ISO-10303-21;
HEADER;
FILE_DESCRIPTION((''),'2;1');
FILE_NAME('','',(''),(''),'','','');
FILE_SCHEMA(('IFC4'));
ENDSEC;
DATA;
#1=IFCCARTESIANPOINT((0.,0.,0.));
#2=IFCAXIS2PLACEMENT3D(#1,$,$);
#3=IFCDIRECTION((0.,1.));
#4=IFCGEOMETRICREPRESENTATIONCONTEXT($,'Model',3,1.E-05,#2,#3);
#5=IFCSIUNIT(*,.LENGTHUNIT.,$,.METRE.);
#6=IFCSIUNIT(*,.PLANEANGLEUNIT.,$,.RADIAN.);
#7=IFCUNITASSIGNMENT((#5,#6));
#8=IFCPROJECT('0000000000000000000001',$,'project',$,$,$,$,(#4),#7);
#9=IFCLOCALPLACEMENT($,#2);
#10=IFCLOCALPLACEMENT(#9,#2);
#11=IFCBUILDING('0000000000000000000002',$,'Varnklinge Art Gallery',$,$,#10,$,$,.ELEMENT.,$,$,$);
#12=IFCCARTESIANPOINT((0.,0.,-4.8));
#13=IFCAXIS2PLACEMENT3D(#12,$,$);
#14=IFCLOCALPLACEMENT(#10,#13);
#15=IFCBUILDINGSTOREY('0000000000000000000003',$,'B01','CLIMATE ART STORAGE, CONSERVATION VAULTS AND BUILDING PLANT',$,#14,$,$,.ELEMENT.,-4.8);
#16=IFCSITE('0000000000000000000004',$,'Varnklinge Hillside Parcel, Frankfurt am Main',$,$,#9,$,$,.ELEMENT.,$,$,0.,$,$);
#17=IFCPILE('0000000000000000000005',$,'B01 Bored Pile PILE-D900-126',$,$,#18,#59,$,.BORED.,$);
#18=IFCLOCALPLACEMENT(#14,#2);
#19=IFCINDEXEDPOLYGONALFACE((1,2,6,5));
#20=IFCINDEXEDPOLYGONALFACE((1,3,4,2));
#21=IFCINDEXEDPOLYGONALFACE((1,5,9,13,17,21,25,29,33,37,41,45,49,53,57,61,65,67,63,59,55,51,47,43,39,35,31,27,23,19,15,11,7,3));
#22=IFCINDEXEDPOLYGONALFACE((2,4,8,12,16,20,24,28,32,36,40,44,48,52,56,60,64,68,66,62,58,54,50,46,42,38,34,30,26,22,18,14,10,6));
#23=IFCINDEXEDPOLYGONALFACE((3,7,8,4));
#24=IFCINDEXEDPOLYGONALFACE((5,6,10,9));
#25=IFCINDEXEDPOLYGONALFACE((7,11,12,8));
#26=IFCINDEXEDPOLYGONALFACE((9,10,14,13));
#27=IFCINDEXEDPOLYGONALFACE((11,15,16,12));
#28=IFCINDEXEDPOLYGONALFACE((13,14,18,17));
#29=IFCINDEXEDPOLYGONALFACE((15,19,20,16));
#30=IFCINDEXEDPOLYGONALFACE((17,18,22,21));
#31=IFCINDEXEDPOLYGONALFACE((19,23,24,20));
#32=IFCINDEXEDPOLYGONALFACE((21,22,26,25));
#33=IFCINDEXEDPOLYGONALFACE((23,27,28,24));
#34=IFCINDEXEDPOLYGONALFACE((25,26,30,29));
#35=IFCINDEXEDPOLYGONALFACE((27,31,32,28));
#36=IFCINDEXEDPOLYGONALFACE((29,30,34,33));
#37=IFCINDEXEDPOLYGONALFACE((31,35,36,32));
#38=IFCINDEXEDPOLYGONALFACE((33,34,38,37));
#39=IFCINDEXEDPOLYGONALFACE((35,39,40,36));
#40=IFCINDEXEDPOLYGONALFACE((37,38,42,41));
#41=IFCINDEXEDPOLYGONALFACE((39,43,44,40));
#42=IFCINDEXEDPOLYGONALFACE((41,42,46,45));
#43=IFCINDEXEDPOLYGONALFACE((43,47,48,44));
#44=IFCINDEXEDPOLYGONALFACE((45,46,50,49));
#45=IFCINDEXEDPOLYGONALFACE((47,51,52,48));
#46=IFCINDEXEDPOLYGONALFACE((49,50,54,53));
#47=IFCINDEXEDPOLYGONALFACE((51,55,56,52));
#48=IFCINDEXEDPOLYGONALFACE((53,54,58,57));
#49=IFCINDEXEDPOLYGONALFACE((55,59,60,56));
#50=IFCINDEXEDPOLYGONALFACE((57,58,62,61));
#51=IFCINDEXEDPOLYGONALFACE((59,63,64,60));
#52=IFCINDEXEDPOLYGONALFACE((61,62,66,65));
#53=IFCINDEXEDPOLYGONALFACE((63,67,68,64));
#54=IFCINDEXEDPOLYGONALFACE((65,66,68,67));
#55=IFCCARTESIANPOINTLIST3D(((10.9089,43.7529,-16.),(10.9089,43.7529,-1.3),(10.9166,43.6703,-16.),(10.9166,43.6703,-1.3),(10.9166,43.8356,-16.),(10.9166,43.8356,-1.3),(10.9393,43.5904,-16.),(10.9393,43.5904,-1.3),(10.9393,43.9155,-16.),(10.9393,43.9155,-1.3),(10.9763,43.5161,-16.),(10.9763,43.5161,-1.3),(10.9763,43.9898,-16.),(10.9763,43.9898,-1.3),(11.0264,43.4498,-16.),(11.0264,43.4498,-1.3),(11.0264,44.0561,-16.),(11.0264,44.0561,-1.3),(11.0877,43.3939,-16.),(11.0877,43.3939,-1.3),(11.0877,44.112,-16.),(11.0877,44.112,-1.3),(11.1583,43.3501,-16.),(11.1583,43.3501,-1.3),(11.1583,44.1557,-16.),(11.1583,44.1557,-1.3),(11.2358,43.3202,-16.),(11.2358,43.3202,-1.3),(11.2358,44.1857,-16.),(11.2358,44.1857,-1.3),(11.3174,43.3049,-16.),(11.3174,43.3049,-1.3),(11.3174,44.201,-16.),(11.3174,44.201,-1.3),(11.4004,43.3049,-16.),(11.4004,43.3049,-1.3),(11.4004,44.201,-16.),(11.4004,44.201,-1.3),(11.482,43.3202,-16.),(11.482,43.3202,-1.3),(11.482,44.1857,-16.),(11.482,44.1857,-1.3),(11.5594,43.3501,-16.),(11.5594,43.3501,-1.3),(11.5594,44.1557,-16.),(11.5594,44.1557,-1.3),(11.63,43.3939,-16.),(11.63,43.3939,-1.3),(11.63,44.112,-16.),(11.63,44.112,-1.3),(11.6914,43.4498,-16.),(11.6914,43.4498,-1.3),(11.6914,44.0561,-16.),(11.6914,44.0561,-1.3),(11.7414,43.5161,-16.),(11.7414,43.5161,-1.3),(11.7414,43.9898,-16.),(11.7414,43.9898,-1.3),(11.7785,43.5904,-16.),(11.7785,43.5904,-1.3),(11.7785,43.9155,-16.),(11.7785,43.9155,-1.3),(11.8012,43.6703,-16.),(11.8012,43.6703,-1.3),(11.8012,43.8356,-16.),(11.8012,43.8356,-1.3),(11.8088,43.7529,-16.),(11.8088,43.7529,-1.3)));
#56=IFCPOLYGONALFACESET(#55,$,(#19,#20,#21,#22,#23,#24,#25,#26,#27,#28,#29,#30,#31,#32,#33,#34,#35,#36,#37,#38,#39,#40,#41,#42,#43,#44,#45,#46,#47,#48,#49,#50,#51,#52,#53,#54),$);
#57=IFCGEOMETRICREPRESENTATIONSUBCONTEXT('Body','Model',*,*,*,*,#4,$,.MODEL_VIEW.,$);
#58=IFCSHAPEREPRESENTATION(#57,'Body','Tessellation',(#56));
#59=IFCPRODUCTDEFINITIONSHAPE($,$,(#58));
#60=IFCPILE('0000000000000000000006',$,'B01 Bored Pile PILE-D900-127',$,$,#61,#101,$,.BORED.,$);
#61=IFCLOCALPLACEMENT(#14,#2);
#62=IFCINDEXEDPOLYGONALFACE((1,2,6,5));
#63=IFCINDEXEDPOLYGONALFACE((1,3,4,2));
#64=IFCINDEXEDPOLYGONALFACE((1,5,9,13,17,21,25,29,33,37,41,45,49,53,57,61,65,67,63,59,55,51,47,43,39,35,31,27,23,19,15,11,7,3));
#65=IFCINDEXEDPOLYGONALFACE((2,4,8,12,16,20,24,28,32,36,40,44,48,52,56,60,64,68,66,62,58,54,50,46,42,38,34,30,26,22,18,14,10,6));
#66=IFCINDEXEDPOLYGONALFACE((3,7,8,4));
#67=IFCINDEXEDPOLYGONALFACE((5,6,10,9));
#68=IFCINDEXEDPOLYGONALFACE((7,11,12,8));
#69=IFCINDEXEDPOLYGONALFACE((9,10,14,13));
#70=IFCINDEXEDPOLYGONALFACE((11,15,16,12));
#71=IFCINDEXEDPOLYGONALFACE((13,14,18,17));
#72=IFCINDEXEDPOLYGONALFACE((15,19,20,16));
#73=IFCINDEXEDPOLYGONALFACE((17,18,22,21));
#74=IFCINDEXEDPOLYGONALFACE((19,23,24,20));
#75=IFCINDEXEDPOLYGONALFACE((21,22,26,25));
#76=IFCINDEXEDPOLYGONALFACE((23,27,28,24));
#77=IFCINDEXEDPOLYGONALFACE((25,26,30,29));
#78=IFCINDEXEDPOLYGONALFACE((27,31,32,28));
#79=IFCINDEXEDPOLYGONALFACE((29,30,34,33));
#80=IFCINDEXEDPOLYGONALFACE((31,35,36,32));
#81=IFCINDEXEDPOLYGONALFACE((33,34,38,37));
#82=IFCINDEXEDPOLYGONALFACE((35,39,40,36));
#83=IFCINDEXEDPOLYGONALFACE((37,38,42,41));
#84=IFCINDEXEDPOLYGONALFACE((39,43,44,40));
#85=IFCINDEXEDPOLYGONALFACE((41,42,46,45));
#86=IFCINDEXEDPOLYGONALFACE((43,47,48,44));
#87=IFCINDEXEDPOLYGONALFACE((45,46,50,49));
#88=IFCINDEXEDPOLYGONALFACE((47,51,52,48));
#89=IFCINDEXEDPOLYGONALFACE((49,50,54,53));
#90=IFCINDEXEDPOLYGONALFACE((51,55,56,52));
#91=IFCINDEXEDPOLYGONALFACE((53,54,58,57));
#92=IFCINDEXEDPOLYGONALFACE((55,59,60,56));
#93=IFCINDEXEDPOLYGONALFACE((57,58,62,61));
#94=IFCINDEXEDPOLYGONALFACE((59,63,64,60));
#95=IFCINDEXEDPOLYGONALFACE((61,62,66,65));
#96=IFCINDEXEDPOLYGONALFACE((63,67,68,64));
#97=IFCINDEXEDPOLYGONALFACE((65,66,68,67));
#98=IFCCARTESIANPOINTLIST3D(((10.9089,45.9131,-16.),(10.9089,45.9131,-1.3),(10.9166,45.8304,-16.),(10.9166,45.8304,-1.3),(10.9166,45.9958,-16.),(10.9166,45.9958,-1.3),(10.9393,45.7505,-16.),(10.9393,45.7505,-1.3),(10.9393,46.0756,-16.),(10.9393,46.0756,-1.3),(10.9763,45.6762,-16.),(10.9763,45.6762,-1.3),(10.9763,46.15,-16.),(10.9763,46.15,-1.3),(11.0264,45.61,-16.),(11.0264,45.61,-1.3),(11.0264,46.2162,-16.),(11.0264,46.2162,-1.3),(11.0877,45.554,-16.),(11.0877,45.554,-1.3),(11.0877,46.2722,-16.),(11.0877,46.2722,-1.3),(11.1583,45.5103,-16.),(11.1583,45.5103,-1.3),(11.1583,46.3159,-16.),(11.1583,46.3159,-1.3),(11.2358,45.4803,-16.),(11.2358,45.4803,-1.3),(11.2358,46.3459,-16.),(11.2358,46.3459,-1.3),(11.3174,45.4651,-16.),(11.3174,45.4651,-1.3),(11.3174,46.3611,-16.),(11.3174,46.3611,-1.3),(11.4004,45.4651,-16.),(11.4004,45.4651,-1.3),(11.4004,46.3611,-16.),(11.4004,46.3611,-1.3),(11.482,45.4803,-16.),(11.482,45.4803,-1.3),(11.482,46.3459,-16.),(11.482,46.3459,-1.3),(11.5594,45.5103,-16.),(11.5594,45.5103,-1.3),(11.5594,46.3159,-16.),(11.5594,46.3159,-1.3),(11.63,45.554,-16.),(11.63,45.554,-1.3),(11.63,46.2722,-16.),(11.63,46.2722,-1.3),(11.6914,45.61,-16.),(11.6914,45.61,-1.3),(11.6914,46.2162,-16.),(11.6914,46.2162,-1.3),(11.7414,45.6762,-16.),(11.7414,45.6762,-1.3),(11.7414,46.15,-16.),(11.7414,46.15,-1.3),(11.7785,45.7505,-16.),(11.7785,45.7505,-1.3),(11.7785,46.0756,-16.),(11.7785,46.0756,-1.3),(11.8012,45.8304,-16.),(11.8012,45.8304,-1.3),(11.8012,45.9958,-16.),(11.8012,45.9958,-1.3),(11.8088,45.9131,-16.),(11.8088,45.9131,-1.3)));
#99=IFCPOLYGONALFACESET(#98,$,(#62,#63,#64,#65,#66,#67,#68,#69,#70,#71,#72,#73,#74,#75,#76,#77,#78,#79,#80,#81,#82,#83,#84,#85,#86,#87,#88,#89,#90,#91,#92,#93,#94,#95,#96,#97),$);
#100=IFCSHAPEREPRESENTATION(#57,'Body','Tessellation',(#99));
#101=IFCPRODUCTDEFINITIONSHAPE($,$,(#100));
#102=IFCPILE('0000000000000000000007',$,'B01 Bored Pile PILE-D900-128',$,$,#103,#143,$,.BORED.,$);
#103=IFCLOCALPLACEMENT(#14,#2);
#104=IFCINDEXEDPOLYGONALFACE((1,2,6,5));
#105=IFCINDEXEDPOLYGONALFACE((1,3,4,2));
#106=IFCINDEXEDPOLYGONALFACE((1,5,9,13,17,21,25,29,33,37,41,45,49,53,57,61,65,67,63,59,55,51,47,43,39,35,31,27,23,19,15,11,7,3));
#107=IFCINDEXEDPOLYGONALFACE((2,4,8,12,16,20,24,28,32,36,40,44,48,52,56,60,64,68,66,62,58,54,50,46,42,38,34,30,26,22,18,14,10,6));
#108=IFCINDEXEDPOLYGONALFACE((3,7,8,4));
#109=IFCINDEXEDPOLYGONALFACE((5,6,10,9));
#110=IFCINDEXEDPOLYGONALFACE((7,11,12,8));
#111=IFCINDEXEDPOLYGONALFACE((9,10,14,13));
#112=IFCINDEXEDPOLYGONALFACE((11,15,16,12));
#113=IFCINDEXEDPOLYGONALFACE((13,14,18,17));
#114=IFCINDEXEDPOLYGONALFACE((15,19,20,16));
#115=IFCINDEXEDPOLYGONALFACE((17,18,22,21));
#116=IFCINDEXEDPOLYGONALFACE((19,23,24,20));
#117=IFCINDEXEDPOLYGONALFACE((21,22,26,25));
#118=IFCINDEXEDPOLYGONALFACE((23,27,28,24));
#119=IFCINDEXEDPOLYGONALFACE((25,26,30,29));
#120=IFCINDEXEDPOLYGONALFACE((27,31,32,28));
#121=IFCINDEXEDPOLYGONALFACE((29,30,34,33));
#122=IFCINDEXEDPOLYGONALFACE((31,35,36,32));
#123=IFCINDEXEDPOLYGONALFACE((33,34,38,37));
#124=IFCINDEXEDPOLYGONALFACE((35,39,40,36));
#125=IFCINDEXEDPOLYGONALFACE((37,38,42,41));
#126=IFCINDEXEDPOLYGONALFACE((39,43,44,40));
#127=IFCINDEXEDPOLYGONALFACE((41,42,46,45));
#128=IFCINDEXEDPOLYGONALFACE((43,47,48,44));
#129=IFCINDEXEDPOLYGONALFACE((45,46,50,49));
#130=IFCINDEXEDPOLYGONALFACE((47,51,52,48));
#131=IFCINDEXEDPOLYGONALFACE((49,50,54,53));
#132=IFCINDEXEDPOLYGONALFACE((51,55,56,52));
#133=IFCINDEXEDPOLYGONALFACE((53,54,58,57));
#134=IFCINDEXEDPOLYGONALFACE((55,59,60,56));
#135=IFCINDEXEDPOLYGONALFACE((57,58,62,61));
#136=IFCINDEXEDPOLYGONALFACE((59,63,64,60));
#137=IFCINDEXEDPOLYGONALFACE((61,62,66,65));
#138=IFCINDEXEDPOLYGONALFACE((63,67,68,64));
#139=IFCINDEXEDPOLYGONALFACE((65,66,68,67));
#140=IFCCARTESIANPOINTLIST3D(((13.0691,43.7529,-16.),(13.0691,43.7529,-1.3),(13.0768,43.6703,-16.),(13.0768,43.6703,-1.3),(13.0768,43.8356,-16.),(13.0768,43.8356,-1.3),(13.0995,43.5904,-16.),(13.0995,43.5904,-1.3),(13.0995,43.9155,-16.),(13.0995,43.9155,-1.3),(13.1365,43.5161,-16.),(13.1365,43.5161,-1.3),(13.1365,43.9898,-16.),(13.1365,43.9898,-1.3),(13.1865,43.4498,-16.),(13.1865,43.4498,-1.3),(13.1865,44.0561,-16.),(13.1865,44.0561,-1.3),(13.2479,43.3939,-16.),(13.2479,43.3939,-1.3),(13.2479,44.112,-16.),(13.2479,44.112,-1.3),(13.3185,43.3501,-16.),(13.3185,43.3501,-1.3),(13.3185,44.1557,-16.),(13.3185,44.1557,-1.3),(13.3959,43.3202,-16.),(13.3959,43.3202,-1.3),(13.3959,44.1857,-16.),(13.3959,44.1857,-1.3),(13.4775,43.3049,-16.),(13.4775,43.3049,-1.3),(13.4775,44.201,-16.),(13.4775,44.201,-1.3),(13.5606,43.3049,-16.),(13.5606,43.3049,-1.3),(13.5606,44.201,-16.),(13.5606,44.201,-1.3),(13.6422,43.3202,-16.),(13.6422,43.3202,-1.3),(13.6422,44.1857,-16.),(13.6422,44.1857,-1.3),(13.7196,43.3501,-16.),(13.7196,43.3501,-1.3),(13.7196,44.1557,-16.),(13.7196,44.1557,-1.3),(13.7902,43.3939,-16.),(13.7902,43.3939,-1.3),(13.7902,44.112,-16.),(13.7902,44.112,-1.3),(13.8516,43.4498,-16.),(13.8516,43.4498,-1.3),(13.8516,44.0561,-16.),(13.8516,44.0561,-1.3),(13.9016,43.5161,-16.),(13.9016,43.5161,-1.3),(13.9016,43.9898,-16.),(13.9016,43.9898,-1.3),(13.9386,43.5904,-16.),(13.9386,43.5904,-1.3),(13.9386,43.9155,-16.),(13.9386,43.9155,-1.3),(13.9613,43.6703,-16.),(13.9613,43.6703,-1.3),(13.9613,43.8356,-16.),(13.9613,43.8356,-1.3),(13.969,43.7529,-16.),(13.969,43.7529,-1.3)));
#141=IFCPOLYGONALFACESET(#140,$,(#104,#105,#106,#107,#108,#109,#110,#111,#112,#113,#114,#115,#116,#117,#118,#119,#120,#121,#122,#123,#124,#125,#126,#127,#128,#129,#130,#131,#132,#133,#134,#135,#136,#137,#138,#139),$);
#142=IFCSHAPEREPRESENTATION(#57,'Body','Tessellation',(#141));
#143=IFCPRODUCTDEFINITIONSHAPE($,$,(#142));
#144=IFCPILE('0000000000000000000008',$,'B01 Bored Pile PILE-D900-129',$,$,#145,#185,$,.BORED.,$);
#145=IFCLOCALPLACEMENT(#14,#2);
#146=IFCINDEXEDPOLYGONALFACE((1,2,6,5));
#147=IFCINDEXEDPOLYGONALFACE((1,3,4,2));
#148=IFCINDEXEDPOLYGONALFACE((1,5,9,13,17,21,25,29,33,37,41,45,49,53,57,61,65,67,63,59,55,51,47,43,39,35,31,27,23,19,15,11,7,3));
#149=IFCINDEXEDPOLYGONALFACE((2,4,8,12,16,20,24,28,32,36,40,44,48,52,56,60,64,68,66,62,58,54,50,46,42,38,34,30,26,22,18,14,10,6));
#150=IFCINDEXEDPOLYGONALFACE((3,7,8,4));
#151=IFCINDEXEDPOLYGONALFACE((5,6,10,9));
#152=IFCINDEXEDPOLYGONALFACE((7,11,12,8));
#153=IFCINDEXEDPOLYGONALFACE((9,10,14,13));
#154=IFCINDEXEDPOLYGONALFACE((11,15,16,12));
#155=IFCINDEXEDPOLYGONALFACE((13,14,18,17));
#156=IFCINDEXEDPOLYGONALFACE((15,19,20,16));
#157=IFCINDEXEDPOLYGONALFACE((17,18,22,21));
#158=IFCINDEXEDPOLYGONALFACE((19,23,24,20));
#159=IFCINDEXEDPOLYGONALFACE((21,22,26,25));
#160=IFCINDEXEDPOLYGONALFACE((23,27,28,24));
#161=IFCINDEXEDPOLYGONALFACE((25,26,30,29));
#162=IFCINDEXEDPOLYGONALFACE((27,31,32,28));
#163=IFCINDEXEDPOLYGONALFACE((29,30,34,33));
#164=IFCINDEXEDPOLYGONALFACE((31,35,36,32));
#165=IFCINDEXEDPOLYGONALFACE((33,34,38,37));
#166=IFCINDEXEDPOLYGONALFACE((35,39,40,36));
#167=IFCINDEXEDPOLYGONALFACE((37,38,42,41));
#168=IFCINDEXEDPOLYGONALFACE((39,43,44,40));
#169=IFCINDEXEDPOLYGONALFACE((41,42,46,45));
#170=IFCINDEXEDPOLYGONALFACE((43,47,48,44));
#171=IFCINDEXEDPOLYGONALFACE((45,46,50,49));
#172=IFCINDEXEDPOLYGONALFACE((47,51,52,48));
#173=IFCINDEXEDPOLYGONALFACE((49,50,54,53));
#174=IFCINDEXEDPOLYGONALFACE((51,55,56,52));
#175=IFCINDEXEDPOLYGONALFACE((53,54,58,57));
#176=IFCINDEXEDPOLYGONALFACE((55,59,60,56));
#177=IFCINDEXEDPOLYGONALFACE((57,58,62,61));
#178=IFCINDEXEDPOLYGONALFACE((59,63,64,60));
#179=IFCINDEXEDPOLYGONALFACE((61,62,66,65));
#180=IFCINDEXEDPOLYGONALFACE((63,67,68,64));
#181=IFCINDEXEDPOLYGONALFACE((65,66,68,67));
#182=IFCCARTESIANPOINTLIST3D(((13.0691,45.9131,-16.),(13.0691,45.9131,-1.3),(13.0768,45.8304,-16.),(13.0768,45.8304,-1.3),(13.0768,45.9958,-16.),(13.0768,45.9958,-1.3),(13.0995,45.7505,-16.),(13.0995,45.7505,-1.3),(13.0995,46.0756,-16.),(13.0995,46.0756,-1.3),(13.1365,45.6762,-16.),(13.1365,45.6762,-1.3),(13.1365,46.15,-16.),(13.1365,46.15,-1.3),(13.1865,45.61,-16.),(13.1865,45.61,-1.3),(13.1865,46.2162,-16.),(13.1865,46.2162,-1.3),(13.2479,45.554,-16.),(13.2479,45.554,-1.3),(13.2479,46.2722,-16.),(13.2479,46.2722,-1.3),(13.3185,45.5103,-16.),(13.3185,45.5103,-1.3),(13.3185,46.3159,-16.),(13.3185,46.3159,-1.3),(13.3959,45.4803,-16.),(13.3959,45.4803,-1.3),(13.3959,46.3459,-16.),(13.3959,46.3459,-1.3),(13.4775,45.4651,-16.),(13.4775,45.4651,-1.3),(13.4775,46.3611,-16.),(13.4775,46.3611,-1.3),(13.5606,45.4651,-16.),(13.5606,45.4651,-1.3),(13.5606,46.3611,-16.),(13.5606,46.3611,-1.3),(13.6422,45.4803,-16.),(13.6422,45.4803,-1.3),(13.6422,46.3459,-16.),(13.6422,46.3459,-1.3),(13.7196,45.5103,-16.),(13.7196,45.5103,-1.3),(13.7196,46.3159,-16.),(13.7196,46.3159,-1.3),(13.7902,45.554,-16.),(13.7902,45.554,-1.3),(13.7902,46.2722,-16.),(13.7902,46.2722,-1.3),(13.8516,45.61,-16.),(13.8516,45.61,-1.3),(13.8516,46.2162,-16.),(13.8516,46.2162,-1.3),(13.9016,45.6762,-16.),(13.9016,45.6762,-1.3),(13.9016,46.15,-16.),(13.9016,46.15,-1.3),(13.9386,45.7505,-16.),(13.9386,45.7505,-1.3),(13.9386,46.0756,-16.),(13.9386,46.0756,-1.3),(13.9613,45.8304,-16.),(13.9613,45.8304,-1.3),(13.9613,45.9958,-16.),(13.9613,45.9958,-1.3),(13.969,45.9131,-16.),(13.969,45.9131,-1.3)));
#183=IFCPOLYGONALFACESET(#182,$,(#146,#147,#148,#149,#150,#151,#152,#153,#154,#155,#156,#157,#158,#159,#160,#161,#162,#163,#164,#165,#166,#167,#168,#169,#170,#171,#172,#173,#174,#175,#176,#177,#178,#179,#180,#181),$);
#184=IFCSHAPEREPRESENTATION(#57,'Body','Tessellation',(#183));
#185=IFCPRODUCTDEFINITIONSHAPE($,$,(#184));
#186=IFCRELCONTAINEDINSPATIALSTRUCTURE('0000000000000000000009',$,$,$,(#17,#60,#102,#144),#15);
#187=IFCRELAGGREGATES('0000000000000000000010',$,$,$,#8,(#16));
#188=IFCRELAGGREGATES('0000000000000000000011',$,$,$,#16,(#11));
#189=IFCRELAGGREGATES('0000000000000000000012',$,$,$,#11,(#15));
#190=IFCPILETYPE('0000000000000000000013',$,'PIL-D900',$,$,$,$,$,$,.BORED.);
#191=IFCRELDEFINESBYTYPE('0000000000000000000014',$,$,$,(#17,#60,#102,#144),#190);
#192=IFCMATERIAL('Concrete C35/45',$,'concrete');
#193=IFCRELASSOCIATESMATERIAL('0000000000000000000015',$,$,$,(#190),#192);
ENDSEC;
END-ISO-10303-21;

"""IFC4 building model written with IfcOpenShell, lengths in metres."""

from ifc_helpers import new_model, si_unit, direction, frame, origin, origin_2d, place, context, subcontext, project, spatial, circle, extrude, material, material_profile, profile_set, type_object, element, save


model = new_model("IFC4")

# Units and contexts
model_context = context("Model", 3, precision=1e-05, world=origin(), true_north=direction((0.0, 1.0)))
body_context = subcontext(model_context, "Body", "Model", "MODEL_VIEW")
ifc_project = project(units=[si_unit("LENGTHUNIT", "METRE"), si_unit("PLANEANGLEUNIT", "RADIAN")], contexts=[model_context])

# Site, building, storey
site_placement = place(None, origin())
site = spatial("IfcSite", under=ifc_project, at=site_placement, Name="Varnklinge Hillside Parcel, Frankfurt am Main", CompositionType="ELEMENT", RefElevation=0.0)
building_placement = place(site_placement, origin())
building = spatial("IfcBuilding", under=site, at=building_placement, Name="Varnklinge Art Gallery", CompositionType="ELEMENT")
storey_placement = place(building_placement, frame((0.0, 0.0, -4.8)))
storey = spatial("IfcBuildingStorey", under=building, at=storey_placement, Name="B01", Description="CLIMATE ART STORAGE, CONSERVATION VAULTS AND BUILDING PLANT", CompositionType="ELEMENT", Elevation=-4.8)

# Piles
ifc_material_1 = material(Name="Concrete C35/45", Category="concrete")
ifc_material_profile_1 = material_profile(ifc_material_1, circle(Radius=0.45, at=origin_2d()), Name="PILE D900")
ifc_profile_set_1 = profile_set([ifc_material_profile_1], Name="Concrete C35/45")
pile_type = type_object("IfcPileType", Name="PIL-D900", PredefinedType="BORED", material=ifc_profile_set_1)
for number, where, z_axis, x_axis, name in (
    (1, (11.3589, 43.7529, -1.3), (0.0, 0.0, -1.0), (1.0, 0.0, 0.0), "B01 Bored Pile PILE-D900-126"),
    (2, (11.3589, 45.9131, -1.3), (0.0, 0.0, -1.0), (1.0, 0.0, 0.0), "B01 Bored Pile PILE-D900-127"),
    (3, (13.519, 43.7529, -1.3), (0.0, 0.0, -1.0), (1.0, 0.0, 0.0), "B01 Bored Pile PILE-D900-128"),
    (4, (13.519, 45.9131, -1.3), (0.0, 0.0, -1.0), (1.0, 0.0, 0.0), "B01 Bored Pile PILE-D900-129"),
):
    element("IfcPile", number, at=place(storey_placement, frame(where, z_axis=z_axis, x_axis=x_axis)), inside=storey, type_object=pile_type, Name=name, PredefinedType="BORED", context=body_context, shape_type="SweptSolid", body=[
        extrude(circle(Radius=0.45, at=origin_2d()), origin(), (0.0, 0.0, 1.0), 14.7),
    ])

save(model, "model.ifc")
